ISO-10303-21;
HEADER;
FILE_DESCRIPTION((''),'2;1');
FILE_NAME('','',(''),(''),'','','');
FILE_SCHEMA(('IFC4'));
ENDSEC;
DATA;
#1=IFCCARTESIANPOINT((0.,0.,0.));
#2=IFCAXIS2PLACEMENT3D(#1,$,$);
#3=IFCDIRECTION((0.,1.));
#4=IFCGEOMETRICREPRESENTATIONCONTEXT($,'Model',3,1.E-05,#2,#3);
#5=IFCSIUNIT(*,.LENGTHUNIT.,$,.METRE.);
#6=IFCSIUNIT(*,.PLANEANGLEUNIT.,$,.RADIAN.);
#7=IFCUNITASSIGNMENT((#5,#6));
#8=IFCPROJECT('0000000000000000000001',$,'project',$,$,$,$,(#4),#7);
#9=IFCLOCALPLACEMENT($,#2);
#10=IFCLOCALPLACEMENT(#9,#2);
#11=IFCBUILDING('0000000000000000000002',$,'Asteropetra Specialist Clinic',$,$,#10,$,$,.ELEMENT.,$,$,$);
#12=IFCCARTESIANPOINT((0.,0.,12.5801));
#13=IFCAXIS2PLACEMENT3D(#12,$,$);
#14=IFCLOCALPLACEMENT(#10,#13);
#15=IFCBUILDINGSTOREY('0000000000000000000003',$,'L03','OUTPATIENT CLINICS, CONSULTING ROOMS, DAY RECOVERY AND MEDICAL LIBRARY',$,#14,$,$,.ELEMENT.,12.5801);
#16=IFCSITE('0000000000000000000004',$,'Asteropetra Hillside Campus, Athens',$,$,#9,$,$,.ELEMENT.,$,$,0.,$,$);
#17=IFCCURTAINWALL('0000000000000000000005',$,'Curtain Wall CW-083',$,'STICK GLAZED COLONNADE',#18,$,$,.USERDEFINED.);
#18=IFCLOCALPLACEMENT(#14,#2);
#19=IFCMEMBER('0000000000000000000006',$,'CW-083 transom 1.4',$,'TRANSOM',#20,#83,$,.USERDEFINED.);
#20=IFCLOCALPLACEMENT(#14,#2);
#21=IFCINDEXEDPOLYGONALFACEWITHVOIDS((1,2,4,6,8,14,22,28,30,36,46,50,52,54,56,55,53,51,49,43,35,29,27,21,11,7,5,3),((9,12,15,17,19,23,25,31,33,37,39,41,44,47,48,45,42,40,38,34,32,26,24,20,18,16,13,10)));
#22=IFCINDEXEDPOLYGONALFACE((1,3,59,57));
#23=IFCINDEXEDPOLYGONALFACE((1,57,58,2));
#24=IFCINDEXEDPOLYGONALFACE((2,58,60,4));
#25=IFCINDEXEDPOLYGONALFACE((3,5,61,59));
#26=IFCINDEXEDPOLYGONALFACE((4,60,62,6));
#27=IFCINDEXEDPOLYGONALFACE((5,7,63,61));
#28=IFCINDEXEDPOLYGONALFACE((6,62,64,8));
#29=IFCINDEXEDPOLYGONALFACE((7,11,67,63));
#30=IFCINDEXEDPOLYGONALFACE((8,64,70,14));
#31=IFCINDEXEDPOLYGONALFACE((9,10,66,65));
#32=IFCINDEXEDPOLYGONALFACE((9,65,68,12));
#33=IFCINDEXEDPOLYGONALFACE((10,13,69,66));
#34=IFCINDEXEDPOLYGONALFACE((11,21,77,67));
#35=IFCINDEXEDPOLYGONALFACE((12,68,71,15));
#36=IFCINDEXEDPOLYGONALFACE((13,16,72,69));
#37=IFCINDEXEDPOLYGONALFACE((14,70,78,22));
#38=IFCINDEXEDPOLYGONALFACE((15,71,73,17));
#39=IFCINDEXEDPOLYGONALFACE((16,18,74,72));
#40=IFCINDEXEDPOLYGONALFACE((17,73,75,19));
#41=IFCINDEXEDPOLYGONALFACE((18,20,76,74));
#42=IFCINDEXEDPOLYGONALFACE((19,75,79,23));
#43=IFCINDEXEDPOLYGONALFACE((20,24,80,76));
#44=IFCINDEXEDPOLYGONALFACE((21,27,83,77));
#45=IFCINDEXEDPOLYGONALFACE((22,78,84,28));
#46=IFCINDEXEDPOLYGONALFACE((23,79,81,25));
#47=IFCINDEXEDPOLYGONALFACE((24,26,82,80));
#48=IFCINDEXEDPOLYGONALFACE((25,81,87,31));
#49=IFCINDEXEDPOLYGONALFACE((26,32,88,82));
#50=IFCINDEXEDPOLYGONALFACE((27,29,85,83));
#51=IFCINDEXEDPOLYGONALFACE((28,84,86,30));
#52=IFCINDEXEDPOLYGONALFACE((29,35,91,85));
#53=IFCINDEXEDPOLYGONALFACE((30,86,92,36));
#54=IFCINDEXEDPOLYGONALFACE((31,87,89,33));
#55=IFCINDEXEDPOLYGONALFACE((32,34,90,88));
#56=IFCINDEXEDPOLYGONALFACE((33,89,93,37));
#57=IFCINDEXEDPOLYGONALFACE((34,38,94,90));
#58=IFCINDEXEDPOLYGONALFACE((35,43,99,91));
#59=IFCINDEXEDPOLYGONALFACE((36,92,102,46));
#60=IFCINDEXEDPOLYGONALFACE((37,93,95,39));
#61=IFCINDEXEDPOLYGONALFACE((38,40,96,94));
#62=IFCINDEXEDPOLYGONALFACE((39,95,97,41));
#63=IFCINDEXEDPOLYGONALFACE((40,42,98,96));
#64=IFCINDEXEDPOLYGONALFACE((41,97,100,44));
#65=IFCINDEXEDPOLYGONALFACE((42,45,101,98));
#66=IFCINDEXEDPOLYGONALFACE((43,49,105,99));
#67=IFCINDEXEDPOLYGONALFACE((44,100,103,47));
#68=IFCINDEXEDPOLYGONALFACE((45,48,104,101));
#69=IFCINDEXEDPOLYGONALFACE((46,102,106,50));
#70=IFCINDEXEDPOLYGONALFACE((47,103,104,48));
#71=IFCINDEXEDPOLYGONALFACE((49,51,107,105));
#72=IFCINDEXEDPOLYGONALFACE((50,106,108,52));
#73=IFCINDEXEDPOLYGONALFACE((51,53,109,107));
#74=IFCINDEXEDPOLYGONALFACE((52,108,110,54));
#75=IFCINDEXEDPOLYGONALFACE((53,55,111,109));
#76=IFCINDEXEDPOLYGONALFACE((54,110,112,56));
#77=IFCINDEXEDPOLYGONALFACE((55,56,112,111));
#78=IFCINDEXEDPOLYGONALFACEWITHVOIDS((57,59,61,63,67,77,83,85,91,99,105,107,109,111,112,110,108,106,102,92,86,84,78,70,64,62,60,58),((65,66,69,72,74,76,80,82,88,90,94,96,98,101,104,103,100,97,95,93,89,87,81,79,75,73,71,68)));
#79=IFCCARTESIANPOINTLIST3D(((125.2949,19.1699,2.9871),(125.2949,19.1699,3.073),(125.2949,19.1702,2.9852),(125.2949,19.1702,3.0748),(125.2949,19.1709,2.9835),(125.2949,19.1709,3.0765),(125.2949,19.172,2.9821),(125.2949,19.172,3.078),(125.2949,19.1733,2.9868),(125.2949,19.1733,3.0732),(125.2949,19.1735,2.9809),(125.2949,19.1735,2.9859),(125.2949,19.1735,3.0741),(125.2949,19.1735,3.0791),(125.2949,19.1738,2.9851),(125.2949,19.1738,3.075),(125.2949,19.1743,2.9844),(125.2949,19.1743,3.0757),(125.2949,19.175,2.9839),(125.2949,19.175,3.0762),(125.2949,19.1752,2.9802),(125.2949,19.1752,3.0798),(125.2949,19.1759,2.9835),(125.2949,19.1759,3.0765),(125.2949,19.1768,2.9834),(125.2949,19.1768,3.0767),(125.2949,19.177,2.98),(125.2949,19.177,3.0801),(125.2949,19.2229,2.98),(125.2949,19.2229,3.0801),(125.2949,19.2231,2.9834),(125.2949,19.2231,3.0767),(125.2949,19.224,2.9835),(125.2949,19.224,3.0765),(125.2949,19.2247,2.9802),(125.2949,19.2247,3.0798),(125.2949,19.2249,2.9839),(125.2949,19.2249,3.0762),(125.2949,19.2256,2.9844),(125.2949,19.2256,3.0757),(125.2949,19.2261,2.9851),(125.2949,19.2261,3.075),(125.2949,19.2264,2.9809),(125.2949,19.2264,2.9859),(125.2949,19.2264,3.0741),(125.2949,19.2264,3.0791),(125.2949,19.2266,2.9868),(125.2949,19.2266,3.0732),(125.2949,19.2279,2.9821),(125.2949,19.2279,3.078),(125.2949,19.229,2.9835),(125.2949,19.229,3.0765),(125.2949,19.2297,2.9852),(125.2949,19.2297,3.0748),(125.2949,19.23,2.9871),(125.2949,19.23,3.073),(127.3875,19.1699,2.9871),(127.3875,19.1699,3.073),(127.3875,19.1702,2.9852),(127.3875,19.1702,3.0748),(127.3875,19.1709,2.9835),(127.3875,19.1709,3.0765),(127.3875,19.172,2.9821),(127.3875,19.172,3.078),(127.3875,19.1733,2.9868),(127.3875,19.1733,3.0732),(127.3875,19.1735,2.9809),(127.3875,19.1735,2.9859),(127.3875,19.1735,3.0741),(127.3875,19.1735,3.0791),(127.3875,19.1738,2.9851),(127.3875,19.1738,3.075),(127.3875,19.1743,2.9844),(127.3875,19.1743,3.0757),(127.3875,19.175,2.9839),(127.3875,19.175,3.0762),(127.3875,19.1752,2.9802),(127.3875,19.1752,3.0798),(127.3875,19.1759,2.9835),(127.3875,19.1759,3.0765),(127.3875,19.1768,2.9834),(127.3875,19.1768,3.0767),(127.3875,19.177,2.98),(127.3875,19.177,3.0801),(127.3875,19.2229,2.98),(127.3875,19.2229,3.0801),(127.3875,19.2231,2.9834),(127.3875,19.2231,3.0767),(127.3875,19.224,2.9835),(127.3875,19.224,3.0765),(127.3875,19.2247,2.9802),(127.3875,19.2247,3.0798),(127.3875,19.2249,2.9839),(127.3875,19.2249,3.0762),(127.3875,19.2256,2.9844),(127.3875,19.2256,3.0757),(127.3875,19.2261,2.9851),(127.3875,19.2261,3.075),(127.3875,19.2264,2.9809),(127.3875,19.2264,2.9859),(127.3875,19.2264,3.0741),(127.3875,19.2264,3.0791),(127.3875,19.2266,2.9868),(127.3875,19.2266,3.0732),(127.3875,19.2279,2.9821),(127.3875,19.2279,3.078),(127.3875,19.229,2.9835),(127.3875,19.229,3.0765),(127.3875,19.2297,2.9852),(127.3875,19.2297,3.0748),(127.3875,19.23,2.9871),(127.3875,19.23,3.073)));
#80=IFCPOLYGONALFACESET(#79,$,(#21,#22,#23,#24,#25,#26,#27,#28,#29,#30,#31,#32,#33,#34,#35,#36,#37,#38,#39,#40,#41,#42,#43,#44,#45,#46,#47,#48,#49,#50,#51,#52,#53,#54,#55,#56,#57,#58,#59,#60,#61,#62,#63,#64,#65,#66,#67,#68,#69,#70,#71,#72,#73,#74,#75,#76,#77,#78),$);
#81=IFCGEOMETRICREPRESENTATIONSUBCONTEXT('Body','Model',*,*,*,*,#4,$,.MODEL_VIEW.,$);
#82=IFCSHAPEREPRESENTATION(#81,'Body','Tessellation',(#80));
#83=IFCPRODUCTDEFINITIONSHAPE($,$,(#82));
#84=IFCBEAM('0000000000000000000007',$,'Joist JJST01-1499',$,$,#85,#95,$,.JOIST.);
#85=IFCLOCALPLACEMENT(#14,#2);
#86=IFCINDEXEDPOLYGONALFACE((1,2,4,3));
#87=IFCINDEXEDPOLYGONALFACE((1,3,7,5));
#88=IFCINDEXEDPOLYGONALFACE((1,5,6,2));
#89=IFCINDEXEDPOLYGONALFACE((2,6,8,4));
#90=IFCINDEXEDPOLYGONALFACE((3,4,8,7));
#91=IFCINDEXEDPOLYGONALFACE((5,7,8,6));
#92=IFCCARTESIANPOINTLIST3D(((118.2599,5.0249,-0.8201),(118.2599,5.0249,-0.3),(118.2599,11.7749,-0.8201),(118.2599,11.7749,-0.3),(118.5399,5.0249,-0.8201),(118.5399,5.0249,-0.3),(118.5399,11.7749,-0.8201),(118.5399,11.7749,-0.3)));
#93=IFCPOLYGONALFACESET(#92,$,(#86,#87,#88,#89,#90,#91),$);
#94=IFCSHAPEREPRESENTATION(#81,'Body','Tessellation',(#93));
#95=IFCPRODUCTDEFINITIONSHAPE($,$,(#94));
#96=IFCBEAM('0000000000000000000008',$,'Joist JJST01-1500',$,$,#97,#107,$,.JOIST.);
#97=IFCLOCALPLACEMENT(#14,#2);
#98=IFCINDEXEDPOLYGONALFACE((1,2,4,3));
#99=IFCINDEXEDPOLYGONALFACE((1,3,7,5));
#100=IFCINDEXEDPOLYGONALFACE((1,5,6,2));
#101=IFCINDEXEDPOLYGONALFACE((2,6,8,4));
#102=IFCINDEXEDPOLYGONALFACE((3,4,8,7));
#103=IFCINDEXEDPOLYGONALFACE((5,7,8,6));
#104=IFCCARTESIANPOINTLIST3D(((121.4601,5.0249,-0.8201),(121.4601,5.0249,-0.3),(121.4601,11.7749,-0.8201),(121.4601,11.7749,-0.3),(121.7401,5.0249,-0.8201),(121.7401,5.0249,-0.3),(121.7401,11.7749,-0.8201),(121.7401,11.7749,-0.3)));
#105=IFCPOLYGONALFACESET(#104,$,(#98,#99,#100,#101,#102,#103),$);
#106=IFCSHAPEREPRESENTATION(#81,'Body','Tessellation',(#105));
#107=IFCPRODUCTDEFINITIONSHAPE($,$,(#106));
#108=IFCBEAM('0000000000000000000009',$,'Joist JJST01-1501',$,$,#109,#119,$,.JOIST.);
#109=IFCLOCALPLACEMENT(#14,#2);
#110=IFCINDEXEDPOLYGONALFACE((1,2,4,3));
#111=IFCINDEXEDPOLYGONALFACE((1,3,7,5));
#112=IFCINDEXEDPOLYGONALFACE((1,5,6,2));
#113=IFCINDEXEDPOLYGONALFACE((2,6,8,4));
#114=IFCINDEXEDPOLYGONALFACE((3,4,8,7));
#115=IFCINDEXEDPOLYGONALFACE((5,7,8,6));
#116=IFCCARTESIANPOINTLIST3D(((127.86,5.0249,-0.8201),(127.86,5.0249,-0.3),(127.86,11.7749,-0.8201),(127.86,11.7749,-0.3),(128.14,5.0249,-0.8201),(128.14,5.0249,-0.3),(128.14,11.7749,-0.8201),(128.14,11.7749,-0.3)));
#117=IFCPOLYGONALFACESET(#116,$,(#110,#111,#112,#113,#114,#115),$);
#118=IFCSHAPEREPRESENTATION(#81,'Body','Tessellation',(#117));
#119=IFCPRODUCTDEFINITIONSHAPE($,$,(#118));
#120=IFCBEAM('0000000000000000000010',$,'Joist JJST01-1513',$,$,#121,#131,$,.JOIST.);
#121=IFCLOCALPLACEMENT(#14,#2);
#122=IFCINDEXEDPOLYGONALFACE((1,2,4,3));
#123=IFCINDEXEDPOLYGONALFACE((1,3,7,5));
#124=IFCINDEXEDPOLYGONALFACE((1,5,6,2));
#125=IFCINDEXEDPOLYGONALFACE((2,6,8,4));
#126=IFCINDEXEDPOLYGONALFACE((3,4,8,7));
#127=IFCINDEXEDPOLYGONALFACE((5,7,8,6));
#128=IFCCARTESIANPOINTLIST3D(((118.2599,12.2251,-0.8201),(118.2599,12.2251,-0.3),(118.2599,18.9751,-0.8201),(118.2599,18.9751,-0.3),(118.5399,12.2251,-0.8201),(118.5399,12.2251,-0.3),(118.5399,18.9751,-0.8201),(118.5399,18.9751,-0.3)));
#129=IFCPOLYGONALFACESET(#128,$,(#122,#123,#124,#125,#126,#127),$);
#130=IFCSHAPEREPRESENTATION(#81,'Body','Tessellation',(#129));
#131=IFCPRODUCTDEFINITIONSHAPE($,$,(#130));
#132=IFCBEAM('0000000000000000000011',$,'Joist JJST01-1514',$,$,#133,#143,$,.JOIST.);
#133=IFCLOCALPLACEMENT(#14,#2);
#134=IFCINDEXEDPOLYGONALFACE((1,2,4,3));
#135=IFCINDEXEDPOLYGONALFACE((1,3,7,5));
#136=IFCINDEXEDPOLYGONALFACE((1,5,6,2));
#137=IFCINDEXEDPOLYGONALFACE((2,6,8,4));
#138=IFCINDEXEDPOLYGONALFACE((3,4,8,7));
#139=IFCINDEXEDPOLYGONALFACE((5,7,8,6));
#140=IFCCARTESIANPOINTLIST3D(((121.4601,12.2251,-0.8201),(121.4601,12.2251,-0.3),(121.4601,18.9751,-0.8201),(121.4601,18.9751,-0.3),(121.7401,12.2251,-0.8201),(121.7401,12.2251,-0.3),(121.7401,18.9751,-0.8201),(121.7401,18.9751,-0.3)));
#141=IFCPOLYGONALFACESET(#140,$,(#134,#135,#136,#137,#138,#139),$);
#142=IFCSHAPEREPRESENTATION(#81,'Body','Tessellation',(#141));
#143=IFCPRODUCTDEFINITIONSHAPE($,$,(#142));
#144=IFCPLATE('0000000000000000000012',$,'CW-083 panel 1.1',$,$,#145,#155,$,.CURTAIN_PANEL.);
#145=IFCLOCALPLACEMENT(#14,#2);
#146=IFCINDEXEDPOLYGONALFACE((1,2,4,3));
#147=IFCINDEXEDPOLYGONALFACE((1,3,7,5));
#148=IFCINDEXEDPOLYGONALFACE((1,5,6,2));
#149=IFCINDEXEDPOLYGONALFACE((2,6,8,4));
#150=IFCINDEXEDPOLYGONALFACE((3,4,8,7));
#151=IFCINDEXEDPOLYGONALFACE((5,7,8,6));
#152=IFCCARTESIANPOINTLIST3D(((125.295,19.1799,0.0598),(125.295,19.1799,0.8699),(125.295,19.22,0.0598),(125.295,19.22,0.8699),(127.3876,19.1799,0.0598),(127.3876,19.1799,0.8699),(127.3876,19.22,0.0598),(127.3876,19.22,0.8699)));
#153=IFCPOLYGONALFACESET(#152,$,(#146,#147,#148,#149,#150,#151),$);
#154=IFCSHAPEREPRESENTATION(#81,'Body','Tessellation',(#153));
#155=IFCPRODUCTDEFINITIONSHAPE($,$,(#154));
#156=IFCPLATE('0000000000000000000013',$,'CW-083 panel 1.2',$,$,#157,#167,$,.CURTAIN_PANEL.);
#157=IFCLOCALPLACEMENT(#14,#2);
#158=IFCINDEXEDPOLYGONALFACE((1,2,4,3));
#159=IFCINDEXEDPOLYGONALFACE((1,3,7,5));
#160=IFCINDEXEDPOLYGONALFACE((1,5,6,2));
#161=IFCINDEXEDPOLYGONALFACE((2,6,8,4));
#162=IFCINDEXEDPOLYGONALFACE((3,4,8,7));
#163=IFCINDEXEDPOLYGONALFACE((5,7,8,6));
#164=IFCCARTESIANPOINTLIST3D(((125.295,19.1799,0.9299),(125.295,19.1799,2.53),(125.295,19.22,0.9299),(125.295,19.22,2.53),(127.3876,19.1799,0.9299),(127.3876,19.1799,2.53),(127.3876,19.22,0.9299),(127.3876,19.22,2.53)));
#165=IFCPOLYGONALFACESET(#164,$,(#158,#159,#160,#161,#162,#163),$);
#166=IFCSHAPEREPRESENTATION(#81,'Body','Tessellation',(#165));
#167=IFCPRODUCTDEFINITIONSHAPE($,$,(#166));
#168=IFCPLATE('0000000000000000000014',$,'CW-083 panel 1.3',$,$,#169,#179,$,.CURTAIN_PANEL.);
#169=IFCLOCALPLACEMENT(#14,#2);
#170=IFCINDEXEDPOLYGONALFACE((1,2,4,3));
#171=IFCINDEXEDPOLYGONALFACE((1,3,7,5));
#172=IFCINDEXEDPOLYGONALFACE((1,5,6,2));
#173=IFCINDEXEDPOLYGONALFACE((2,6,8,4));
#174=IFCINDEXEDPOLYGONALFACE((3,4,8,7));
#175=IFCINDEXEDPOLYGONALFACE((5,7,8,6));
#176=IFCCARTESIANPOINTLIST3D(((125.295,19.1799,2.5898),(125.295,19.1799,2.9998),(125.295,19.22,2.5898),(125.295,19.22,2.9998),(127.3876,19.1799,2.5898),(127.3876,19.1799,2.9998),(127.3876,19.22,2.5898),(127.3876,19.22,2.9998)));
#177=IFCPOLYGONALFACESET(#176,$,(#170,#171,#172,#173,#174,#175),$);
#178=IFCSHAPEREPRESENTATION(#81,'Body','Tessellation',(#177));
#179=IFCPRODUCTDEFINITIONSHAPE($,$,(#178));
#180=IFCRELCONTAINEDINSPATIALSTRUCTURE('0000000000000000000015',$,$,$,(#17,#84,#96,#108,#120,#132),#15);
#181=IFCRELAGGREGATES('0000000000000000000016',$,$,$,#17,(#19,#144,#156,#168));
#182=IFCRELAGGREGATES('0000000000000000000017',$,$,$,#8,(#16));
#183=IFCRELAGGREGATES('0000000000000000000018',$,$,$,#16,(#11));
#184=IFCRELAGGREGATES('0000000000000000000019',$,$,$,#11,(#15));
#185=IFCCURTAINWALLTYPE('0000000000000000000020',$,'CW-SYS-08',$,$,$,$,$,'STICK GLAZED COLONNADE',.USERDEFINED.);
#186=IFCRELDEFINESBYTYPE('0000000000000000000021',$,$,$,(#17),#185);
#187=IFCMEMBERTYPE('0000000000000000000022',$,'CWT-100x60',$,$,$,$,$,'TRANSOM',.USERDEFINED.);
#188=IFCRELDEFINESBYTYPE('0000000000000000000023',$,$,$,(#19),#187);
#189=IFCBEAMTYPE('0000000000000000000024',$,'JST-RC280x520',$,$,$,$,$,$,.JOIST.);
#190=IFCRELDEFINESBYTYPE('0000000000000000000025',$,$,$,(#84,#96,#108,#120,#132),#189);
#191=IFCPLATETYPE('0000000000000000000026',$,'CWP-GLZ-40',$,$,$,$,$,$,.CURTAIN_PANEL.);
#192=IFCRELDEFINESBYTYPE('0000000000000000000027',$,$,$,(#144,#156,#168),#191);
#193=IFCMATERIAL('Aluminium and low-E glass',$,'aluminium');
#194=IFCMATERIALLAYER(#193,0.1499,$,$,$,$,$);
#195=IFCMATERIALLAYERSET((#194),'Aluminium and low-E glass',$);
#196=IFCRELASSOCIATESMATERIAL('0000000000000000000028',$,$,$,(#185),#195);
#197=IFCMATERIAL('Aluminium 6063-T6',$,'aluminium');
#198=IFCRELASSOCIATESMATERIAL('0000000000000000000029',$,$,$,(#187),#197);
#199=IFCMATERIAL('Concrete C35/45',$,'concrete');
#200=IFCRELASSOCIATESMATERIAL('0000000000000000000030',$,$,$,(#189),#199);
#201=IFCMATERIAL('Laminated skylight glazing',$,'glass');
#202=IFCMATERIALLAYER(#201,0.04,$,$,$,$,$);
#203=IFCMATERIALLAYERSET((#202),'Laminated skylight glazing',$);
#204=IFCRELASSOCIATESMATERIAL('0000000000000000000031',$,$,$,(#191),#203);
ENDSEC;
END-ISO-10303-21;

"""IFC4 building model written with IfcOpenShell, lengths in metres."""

from ifc_helpers import new_model, si_unit, direction, frame, origin, origin_2d, place, context, subcontext, project, spatial, rectangle, hollow_rectangle, extrude, material, layer, layer_set, material_profile, profile_set, type_object, element, aggregate, save


model = new_model("IFC4")

# Units and contexts
model_context = context("Model", 3, precision=1e-05, world=origin(), true_north=direction((0.0, 1.0)))
body_context = subcontext(model_context, "Body", "Model", "MODEL_VIEW")
ifc_project = project(units=[si_unit("LENGTHUNIT", "METRE"), si_unit("PLANEANGLEUNIT", "RADIAN")], contexts=[model_context])

# Site, building, storey
site_placement = place(None, origin())
site = spatial("IfcSite", under=ifc_project, at=site_placement, Name="Asteropetra Hillside Campus, Athens", CompositionType="ELEMENT", RefElevation=0.0)
building_placement = place(site_placement, origin())
building = spatial("IfcBuilding", under=site, at=building_placement, Name="Asteropetra Specialist Clinic", CompositionType="ELEMENT")
storey_placement = place(building_placement, frame((0.0, 0.0, 12.5801)))
storey = spatial("IfcBuildingStorey", under=building, at=storey_placement, Name="L03", Description="OUTPATIENT CLINICS, CONSULTING ROOMS, DAY RECOVERY AND MEDICAL LIBRARY", CompositionType="ELEMENT", Elevation=12.5801)

# Curtain wall, member
ifc_material_1 = material(Name="Aluminium and low-E glass", Category="aluminium")
ifc_layer_1 = layer(ifc_material_1, 0.1499)
ifc_layer_set_1 = layer_set([ifc_layer_1], Name="Aluminium and low-E glass")
curtain_wall_type = type_object("IfcCurtainWallType", Name="CW-SYS-08", ElementType="STICK GLAZED COLONNADE", PredefinedType="USERDEFINED", material=ifc_layer_set_1)
curtain_wall_placement = place(storey_placement, origin())
curtain_wall = element("IfcCurtainWall", 1, at=curtain_wall_placement, inside=storey, type_object=curtain_wall_type, Name="Curtain Wall CW-083", ObjectType="STICK GLAZED COLONNADE", PredefinedType="USERDEFINED")
ifc_material_2 = material(Name="Aluminium 6063-T6", Category="aluminium")
ifc_material_profile_1 = material_profile(ifc_material_2, hollow_rectangle(XDim=0.0601, YDim=0.1001, WallThickness=0.0034, InnerFilletRadius=0.0034, OuterFilletRadius=0.0071, at=origin_2d()), Name="TRN 100x60x3.5")
ifc_profile_set_1 = profile_set([ifc_material_profile_1], Name="Aluminium 6063-T6")
member_type_1 = type_object("IfcMemberType", Name="CWT-100x60", ElementType="TRANSOM", PredefinedType="USERDEFINED", material=ifc_profile_set_1)
member_1_placement = place(storey_placement, frame((125.2949, 19.2, 3.03), z_axis=(1.0, 0.0, 0.0), x_axis=(0.0, 1.0, 0.0)))
member_1 = element("IfcMember", 2, at=member_1_placement, type_object=member_type_1, Name="CW-083 transom 1.4", ObjectType="TRANSOM", PredefinedType="USERDEFINED", context=body_context, shape_type="SweptSolid", body=[
    extrude(hollow_rectangle(XDim=0.0601, YDim=0.1001, WallThickness=0.0034, InnerFilletRadius=0.0034, OuterFilletRadius=0.0071, at=origin_2d()), origin(), (0.0, 0.0, 1.0), 2.0925),
])

# Beams
ifc_material_3 = material(Name="Concrete C35/45", Category="concrete")
ifc_material_profile_2 = material_profile(ifc_material_3, rectangle(XDim=0.28, YDim=0.52, at=origin_2d()), Name="RCJ 280x520")
ifc_profile_set_2 = profile_set([ifc_material_profile_2], Name="Concrete C35/45")
beam_type_1 = type_object("IfcBeamType", Name="JST-RC280x520", PredefinedType="JOIST", material=ifc_profile_set_2)
for number, where, z_axis, x_axis, name in (
    (3, (118.3999, 5.0249, -0.5601), (0.0, 1.0, 0.0), (-1.0, 0.0, 0.0), "Joist JJST01-1499"),
    (4, (121.6001, 5.0249, -0.5601), (0.0, 1.0, 0.0), (-1.0, 0.0, 0.0), "Joist JJST01-1500"),
    (5, (128.0, 5.0249, -0.5601), (0.0, 1.0, 0.0), (-1.0, 0.0, 0.0), "Joist JJST01-1501"),
    (6, (118.3999, 12.2251, -0.5601), (0.0, 1.0, 0.0), (-1.0, 0.0, 0.0), "Joist JJST01-1513"),
    (7, (121.6001, 12.2251, -0.5601), (0.0, 1.0, 0.0), (-1.0, 0.0, 0.0), "Joist JJST01-1514"),
):
    element("IfcBeam", number, at=place(storey_placement, frame(where, z_axis=z_axis, x_axis=x_axis)), inside=storey, type_object=beam_type_1, Name=name, PredefinedType="JOIST", context=body_context, shape_type="SweptSolid", body=[
        extrude(rectangle(XDim=0.28, YDim=0.52, at=origin_2d()), origin(), (0.0, 0.0, 1.0), 6.75),
    ])

# Plates
ifc_material_4 = material(Name="Laminated skylight glazing", Category="glass")
ifc_layer_2 = layer(ifc_material_4, 0.04)
ifc_layer_set_2 = layer_set([ifc_layer_2], Name="Laminated skylight glazing")
plate_type = type_object("IfcPlateType", Name="CWP-GLZ-40", PredefinedType="CURTAIN_PANEL", material=ifc_layer_set_2)
plate_1_placement = place(storey_placement, frame((126.3413, 19.2, 0.0598), z_axis=(0.0, 0.0, 1.0), x_axis=(1.0, 0.0, 0.0)))
plate_1 = element("IfcPlate", 8, at=plate_1_placement, type_object=plate_type, Name="CW-083 panel 1.1", PredefinedType="CURTAIN_PANEL", context=body_context, shape_type="SweptSolid", body=[
    extrude(rectangle(XDim=2.0925, YDim=0.04, at=origin_2d()), origin(), (0.0, 0.0, 1.0), 0.8101),
])
plate_2_placement = place(storey_placement, frame((126.3413, 19.2, 0.9299), z_axis=(0.0, 0.0, 1.0), x_axis=(1.0, 0.0, 0.0)))
plate_2 = element("IfcPlate", 9, at=plate_2_placement, type_object=plate_type, Name="CW-083 panel 1.2", PredefinedType="CURTAIN_PANEL", context=body_context, shape_type="SweptSolid", body=[
    extrude(rectangle(XDim=2.0925, YDim=0.04, at=origin_2d()), origin(), (0.0, 0.0, 1.0), 1.6001),
])
plate_3_placement = place(storey_placement, frame((126.3413, 19.2, 2.5898), z_axis=(0.0, 0.0, 1.0), x_axis=(1.0, 0.0, 0.0)))
plate_3 = element("IfcPlate", 10, at=plate_3_placement, type_object=plate_type, Name="CW-083 panel 1.3", PredefinedType="CURTAIN_PANEL", context=body_context, shape_type="SweptSolid", body=[
    extrude(rectangle(XDim=2.0925, YDim=0.04, at=origin_2d()), origin(), (0.0, 0.0, 1.0), 0.4099),
])
aggregate(curtain_wall, [member_1, plate_1, plate_2, plate_3])

save(model, "model.ifc")
